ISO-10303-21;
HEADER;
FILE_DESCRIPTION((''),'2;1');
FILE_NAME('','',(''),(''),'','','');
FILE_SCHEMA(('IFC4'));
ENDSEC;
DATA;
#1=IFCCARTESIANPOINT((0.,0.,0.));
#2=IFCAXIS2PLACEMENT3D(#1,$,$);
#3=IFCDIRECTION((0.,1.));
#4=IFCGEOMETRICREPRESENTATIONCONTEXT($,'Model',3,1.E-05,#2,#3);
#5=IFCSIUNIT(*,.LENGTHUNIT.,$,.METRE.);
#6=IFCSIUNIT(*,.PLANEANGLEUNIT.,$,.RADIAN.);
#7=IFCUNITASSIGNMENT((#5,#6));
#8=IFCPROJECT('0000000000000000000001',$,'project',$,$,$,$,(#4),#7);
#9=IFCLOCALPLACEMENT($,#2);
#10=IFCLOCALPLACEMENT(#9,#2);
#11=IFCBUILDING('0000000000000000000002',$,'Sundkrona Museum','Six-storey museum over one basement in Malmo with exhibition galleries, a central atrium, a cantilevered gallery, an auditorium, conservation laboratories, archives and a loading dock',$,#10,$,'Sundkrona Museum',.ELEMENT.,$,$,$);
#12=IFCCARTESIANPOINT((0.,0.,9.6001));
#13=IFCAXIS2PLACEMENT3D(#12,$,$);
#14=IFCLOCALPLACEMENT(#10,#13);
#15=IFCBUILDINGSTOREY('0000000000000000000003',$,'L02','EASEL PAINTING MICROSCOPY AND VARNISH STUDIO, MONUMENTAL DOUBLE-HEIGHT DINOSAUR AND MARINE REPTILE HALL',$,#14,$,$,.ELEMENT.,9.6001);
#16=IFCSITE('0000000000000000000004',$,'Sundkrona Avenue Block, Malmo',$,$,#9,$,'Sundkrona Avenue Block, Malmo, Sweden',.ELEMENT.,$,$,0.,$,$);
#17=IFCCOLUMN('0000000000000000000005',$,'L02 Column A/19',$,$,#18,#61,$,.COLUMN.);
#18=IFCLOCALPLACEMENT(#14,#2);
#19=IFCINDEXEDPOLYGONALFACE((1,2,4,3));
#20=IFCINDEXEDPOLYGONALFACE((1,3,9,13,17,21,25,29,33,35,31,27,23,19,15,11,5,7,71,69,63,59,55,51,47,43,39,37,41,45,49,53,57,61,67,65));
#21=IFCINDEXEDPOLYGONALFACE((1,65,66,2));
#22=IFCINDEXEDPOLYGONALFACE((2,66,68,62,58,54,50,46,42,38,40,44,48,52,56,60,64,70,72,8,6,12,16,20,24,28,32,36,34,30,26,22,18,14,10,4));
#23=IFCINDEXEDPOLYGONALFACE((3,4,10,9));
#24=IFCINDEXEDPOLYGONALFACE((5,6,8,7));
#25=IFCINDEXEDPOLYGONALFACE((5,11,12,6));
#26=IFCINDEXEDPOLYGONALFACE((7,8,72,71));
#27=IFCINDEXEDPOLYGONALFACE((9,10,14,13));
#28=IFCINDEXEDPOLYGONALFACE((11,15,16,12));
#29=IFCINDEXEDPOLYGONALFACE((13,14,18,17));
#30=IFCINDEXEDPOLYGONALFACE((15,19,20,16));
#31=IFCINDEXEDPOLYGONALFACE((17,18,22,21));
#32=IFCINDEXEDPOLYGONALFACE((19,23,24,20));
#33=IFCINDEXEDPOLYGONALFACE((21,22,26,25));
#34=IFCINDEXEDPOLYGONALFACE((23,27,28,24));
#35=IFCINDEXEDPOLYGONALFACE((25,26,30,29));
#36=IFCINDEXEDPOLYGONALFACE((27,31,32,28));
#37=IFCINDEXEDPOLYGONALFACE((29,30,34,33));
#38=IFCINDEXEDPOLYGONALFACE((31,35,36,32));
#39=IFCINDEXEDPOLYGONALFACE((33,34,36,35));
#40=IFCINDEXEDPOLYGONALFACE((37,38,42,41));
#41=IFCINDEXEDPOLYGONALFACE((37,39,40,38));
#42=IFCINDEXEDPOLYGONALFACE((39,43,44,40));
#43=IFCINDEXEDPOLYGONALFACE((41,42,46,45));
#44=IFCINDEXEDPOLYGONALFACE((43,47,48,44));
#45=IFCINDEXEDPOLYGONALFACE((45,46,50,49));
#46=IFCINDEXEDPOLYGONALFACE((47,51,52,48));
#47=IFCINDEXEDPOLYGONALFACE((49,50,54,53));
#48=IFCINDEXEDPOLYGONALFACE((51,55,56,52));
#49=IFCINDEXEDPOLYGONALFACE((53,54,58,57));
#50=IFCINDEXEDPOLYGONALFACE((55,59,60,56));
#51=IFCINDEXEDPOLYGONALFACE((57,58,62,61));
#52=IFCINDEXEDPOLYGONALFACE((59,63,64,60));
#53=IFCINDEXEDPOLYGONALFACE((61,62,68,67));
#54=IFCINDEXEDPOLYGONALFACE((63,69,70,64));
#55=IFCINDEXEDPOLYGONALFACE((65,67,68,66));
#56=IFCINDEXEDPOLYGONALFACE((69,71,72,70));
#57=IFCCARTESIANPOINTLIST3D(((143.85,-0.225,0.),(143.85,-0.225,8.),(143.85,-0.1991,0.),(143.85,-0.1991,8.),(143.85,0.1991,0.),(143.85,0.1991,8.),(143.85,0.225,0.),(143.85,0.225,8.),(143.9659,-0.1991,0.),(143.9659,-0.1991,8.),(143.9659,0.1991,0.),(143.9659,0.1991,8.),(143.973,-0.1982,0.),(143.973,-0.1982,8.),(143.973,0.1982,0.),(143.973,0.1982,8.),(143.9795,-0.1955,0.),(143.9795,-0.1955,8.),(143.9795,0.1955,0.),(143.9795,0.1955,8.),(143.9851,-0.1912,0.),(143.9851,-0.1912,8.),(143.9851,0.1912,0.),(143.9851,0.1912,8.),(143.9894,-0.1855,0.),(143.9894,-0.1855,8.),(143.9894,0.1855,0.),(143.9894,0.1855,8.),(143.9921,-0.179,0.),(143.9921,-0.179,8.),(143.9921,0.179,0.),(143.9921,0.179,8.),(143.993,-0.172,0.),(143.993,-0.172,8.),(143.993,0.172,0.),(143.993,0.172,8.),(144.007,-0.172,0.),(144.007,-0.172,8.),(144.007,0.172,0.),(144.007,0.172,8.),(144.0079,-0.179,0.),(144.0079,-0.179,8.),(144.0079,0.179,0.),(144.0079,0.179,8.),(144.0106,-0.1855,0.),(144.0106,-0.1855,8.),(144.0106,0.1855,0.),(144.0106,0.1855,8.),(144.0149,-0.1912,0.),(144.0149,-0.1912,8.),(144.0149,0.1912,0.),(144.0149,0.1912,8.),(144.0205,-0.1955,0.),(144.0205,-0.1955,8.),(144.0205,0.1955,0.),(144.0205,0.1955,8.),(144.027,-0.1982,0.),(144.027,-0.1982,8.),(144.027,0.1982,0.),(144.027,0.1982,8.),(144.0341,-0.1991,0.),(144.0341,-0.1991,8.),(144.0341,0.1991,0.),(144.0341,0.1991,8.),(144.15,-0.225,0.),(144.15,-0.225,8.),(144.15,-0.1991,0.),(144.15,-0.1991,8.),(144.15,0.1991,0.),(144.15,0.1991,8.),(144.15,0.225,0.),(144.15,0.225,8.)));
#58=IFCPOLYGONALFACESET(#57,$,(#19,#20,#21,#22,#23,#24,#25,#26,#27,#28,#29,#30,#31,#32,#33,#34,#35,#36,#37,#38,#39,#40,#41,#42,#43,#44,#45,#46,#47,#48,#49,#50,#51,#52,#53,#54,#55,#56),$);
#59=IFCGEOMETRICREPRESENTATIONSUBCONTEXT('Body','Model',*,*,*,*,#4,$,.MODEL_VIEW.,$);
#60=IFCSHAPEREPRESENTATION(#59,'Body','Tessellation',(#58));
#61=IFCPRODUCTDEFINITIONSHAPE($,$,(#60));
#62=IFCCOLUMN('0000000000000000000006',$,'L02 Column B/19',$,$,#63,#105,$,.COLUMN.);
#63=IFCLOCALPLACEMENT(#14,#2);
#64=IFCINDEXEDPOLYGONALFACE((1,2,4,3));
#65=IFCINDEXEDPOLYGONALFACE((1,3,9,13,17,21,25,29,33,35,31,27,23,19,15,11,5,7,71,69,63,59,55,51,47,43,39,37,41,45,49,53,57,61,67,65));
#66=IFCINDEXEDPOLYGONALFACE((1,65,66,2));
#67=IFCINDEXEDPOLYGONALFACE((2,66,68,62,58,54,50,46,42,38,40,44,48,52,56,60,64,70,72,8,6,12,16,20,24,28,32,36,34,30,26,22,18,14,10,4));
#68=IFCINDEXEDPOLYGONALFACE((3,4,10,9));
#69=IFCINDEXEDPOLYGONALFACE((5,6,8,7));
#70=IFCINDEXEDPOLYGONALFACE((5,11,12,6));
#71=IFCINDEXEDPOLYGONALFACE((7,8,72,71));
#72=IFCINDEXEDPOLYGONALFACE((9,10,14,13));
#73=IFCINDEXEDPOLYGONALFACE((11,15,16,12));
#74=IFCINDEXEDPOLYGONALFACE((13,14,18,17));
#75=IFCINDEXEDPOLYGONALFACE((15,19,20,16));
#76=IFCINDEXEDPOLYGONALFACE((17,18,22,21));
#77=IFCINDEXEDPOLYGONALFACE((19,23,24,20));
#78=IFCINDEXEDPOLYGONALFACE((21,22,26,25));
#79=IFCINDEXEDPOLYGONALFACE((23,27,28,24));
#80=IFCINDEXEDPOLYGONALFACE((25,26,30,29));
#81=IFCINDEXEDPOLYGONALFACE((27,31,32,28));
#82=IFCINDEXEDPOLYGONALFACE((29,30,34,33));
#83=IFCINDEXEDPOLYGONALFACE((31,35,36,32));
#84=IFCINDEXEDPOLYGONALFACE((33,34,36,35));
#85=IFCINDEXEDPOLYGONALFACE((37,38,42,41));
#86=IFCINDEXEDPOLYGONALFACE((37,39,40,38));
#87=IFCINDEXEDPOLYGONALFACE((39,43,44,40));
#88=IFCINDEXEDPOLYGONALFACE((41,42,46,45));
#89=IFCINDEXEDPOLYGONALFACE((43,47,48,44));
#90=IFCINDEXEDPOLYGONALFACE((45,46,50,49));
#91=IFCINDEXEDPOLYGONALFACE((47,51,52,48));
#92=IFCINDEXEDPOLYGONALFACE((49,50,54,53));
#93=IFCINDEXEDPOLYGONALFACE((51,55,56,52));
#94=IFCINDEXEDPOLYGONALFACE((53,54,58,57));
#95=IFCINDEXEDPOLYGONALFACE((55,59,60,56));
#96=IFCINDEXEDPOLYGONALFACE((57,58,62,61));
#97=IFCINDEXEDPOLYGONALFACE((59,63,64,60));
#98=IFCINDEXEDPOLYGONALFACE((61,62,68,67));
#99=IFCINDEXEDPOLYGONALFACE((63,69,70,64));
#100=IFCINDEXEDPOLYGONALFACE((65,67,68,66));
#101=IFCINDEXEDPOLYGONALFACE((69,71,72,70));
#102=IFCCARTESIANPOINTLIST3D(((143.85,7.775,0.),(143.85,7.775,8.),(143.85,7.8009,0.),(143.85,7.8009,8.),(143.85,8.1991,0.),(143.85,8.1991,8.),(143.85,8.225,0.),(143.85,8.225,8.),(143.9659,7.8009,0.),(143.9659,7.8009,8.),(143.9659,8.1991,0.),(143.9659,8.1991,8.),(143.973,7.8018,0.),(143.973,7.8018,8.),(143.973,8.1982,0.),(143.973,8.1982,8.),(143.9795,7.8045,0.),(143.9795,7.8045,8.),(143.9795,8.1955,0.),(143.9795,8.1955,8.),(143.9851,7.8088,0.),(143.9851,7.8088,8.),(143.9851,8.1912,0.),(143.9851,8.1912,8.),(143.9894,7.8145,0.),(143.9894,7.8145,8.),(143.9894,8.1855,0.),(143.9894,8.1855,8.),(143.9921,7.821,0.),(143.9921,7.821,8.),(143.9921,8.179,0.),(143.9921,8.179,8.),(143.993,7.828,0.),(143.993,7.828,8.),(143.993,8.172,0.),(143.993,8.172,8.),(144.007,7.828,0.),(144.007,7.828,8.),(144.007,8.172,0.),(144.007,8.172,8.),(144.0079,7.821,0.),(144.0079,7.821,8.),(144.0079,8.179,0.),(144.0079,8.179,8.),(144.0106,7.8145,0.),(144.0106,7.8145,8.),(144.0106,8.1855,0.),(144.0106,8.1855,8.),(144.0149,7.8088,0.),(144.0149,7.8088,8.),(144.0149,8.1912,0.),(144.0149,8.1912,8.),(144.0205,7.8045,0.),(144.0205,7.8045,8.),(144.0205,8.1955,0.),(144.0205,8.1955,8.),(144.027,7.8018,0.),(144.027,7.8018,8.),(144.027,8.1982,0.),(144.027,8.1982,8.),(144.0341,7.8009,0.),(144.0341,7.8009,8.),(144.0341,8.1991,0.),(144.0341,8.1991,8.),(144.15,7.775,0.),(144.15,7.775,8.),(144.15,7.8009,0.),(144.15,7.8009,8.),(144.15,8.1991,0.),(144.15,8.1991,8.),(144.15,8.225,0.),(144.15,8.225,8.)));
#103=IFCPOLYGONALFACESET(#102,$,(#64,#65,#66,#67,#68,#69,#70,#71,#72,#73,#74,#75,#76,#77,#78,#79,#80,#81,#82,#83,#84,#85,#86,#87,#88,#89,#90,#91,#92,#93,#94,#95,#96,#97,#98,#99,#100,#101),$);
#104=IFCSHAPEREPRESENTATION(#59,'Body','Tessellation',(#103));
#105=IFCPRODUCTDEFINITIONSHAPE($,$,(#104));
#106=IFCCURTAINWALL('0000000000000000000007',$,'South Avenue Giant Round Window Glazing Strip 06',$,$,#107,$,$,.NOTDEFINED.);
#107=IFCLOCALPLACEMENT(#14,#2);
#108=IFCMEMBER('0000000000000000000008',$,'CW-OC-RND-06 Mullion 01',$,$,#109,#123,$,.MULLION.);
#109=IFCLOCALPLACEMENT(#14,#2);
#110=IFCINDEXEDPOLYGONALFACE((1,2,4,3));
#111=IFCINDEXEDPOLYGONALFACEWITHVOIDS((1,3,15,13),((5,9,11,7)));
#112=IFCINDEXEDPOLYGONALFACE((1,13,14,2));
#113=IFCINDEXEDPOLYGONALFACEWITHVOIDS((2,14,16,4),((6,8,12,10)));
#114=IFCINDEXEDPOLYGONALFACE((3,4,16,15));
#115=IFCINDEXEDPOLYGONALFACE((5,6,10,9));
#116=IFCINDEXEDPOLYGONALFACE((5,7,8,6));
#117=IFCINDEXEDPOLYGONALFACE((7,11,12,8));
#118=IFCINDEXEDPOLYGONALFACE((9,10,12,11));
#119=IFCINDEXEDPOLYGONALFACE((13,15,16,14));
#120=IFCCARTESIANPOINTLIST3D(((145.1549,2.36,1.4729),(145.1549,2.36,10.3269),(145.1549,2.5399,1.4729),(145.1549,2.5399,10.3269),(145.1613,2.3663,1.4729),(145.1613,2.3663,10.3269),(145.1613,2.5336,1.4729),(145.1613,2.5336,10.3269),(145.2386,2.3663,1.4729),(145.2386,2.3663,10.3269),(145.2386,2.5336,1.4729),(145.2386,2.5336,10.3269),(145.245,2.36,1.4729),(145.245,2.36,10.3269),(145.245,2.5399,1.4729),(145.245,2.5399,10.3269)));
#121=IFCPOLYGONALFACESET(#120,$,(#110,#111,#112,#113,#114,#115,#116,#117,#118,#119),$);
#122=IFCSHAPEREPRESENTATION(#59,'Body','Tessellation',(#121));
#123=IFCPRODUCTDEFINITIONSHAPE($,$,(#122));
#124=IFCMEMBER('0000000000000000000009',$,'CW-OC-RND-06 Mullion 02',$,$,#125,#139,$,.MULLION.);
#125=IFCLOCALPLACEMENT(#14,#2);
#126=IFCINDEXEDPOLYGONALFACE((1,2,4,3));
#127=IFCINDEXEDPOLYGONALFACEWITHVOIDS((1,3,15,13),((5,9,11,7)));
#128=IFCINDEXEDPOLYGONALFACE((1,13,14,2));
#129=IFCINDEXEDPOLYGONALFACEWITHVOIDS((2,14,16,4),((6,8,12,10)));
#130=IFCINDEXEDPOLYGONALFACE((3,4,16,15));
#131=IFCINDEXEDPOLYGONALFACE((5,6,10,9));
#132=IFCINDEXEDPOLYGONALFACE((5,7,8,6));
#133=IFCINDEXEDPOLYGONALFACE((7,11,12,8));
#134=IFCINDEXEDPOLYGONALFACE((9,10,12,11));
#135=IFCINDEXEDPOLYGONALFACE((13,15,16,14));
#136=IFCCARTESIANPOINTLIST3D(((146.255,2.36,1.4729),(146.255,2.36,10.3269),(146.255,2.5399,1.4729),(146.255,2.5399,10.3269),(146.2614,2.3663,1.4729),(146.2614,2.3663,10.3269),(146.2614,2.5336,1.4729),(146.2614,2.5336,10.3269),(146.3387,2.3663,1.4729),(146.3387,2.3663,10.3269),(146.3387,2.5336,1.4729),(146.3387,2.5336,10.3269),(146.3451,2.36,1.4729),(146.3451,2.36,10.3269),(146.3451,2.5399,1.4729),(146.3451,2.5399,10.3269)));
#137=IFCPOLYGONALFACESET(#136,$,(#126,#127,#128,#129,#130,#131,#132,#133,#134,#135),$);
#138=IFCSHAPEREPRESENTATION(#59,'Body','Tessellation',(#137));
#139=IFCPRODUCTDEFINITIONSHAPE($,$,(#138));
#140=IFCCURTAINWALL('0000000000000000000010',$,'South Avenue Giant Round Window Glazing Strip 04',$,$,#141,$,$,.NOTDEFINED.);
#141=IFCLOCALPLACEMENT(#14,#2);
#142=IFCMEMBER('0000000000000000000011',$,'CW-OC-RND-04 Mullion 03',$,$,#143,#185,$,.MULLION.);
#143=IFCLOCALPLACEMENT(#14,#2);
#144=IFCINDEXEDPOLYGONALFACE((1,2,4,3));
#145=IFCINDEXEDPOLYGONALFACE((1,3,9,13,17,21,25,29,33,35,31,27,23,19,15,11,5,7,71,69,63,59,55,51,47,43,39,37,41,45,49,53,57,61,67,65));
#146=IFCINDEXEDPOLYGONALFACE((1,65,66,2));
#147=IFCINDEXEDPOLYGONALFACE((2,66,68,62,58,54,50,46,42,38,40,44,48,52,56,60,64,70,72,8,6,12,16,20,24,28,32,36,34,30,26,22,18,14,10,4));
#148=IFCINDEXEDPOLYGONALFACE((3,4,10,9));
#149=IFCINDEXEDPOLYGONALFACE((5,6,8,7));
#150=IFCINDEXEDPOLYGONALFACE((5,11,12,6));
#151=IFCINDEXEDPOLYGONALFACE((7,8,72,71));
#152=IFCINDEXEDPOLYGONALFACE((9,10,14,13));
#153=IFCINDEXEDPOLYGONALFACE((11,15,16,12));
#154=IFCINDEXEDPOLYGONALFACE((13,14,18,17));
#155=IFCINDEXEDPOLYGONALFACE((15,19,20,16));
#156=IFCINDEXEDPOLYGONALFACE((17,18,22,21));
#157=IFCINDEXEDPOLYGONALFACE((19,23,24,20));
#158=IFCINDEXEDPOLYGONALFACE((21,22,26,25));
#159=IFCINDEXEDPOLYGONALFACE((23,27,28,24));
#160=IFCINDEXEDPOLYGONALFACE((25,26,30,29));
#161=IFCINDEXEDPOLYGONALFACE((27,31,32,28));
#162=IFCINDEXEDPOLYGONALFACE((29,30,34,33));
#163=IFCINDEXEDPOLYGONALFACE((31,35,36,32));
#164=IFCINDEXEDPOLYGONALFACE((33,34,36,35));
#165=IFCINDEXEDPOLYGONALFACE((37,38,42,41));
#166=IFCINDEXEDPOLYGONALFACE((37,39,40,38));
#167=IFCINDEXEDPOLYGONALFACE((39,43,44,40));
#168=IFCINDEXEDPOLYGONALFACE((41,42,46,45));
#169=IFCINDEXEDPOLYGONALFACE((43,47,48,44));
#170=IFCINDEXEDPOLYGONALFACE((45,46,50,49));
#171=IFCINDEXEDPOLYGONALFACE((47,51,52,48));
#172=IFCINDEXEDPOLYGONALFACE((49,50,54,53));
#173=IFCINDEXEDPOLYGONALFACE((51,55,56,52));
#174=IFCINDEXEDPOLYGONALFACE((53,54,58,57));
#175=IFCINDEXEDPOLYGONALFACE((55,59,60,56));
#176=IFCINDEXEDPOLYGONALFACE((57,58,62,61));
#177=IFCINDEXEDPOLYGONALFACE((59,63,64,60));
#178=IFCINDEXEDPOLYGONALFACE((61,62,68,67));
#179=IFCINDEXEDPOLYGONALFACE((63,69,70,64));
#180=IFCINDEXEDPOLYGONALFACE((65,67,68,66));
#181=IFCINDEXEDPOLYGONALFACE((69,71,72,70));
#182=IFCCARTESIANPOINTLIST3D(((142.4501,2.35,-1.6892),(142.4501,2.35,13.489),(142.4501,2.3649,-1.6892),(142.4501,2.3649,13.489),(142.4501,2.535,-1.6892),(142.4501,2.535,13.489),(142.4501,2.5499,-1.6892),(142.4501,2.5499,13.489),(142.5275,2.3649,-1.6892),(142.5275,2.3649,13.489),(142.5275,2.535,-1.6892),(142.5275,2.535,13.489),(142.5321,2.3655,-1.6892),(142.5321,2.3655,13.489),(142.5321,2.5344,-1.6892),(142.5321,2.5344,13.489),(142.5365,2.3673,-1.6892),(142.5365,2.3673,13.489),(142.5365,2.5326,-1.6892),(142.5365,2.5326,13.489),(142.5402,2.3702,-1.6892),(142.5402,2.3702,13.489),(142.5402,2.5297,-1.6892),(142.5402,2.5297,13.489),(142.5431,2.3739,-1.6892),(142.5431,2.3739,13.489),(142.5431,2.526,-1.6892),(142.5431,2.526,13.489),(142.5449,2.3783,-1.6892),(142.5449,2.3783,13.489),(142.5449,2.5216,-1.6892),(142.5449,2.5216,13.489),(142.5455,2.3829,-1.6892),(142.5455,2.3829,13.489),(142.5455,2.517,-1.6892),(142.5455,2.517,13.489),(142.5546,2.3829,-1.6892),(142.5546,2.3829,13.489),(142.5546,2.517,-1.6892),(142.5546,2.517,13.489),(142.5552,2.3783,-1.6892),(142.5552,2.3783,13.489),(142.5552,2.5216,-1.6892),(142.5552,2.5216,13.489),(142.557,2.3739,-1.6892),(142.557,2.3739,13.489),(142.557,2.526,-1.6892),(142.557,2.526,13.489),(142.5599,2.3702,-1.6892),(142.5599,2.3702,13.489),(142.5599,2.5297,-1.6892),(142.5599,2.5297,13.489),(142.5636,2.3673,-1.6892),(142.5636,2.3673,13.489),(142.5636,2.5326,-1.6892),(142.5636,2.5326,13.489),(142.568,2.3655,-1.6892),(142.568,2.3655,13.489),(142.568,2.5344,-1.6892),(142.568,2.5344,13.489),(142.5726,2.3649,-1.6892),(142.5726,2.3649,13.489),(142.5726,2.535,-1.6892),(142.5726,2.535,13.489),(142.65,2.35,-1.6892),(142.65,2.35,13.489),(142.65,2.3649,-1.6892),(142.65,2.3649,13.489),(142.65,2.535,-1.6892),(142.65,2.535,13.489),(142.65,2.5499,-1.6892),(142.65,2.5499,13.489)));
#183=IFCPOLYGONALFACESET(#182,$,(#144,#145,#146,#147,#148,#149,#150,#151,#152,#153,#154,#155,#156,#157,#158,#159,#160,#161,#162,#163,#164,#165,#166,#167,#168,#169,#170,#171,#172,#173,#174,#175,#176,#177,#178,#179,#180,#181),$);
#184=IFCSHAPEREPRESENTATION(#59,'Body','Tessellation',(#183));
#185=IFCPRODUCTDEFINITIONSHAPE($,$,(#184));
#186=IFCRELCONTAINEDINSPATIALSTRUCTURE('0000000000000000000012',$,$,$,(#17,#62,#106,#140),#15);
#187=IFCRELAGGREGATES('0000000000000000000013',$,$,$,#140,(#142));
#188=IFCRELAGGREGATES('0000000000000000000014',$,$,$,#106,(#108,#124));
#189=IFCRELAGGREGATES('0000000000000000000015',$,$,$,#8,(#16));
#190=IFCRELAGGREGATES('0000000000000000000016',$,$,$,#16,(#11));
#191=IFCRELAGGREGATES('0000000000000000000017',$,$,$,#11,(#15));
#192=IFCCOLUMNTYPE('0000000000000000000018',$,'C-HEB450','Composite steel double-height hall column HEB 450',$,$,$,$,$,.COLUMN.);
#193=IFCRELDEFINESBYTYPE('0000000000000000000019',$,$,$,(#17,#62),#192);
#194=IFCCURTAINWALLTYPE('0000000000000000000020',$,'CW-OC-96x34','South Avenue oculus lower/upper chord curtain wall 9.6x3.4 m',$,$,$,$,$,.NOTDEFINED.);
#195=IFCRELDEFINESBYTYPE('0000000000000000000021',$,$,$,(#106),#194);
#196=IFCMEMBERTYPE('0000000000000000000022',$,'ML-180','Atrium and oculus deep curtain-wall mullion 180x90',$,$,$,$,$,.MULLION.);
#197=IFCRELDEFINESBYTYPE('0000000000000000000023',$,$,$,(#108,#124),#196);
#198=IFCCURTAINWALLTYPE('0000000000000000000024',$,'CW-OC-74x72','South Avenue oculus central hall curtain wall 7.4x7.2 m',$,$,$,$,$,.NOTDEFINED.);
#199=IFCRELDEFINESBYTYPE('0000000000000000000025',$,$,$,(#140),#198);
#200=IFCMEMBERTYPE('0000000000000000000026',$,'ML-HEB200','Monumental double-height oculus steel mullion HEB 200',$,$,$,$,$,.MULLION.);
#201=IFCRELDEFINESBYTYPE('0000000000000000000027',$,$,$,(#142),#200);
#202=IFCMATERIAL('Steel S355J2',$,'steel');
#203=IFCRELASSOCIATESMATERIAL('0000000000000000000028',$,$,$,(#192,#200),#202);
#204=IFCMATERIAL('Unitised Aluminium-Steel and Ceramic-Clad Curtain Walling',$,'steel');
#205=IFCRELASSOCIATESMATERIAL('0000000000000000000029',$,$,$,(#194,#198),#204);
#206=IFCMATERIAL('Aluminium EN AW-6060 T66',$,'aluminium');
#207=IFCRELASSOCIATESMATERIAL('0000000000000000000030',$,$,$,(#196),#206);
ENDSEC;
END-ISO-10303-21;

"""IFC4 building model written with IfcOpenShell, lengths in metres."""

from ifc_helpers import new_model, si_unit, direction, frame, origin, origin_2d, place, context, subcontext, project, spatial, hollow_rectangle, i_section, extrude, material, material_profile, profile_set, type_object, element, aggregate, save


model = new_model("IFC4")

# Units and contexts
model_context = context("Model", 3, precision=1e-05, world=origin(), true_north=direction((0.0, 1.0)))
body_context = subcontext(model_context, "Body", "Model", "MODEL_VIEW")
ifc_project = project(units=[si_unit("LENGTHUNIT", "METRE"), si_unit("PLANEANGLEUNIT", "RADIAN")], contexts=[model_context])

# Site, building, storey
site_placement = place(None, origin())
site = spatial("IfcSite", under=ifc_project, at=site_placement, Name="Sundkrona Avenue Block, Malmo", LongName="Sundkrona Avenue Block, Malmo, Sweden", CompositionType="ELEMENT", RefElevation=0.0)
building_placement = place(site_placement, origin())
building = spatial("IfcBuilding", under=site, at=building_placement, Name="Sundkrona Museum", Description="Six-storey museum over one basement in Malmo with exhibition galleries, a central atrium, a cantilevered gallery, an auditorium, conservation laboratories, archives and a loading dock", LongName="Sundkrona Museum", CompositionType="ELEMENT")
storey_placement = place(building_placement, frame((0.0, 0.0, 9.6001)))
storey = spatial("IfcBuildingStorey", under=building, at=storey_placement, Name="L02", Description="EASEL PAINTING MICROSCOPY AND VARNISH STUDIO, MONUMENTAL DOUBLE-HEIGHT DINOSAUR AND MARINE REPTILE HALL", CompositionType="ELEMENT", Elevation=9.6001)

# Columns
ifc_material_1 = material(Name="Steel S355J2", Category="steel")
ifc_material_profile_1 = material_profile(ifc_material_1, i_section(OverallWidth=0.3, OverallDepth=0.45, WebThickness=0.0139, FlangeThickness=0.0259, FilletRadius=0.0271, at=origin_2d()), Name="HEB 450")
ifc_profile_set_1 = profile_set([ifc_material_profile_1], Name="Steel S355J2")
column_type = type_object("IfcColumnType", Name="C-HEB450", Description="Composite steel double-height hall column HEB 450", PredefinedType="COLUMN", material=ifc_profile_set_1)
for number, where, z_axis, x_axis, name in (
    (1, (144.0, 0.0, 0.0), (0.0, 0.0, 1.0), (1.0, 0.0, 0.0), "L02 Column A/19"),
    (2, (144.0, 8.0, 0.0), (0.0, 0.0, 1.0), (1.0, 0.0, 0.0), "L02 Column B/19"),
):
    element("IfcColumn", number, at=place(storey_placement, frame(where, z_axis=z_axis, x_axis=x_axis)), inside=storey, type_object=column_type, Name=name, PredefinedType="COLUMN", context=body_context, shape_type="SweptSolid", body=[
        extrude(i_section(OverallWidth=0.3, OverallDepth=0.45, WebThickness=0.0139, FlangeThickness=0.0259, FilletRadius=0.0271, at=origin_2d()), origin(), (0.0, 0.0, 1.0), 8.0),
    ])

# Curtain wall, members
ifc_material_2 = material(Name="Unitised Aluminium-Steel and Ceramic-Clad Curtain Walling", Category="steel")
curtain_wall_type_1 = type_object("IfcCurtainWallType", Name="CW-OC-96x34", Description="South Avenue oculus lower/upper chord curtain wall 9.6x3.4 m", PredefinedType="NOTDEFINED", material=ifc_material_2)
curtain_wall_1_placement = place(storey_placement, origin())
curtain_wall_1 = element("IfcCurtainWall", 3, at=curtain_wall_1_placement, inside=storey, type_object=curtain_wall_type_1, Name="South Avenue Giant Round Window Glazing Strip 06", PredefinedType="NOTDEFINED")
ifc_material_3 = material(Name="Aluminium EN AW-6060 T66", Category="aluminium")
ifc_material_profile_2 = material_profile(ifc_material_3, hollow_rectangle(XDim=0.0901, YDim=0.1799, WallThickness=0.0063, at=origin_2d()), Name="RHS 180x90x6.3")
ifc_profile_set_2 = profile_set([ifc_material_profile_2], Name="Aluminium EN AW-6060 T66")
member_type_1 = type_object("IfcMemberType", Name="ML-180", Description="Atrium and oculus deep curtain-wall mullion 180x90", PredefinedType="MULLION", material=ifc_profile_set_2)
member_1_placement = place(storey_placement, frame((145.2, 2.45, 1.4729), z_axis=(0.0, 0.0, 1.0), x_axis=(1.0, 0.0, 0.0)))
member_1 = element("IfcMember", 4, at=member_1_placement, type_object=member_type_1, Name="CW-OC-RND-06 Mullion 01", PredefinedType="MULLION", context=body_context, shape_type="SweptSolid", body=[
    extrude(hollow_rectangle(XDim=0.0901, YDim=0.1799, WallThickness=0.0063, at=origin_2d()), origin(), (0.0, 0.0, 1.0), 8.854),
])
member_2_placement = place(storey_placement, frame((146.3, 2.45, 1.4729), z_axis=(0.0, 0.0, 1.0), x_axis=(1.0, 0.0, 0.0)))
member_2 = element("IfcMember", 5, at=member_2_placement, type_object=member_type_1, Name="CW-OC-RND-06 Mullion 02", PredefinedType="MULLION", context=body_context, shape_type="SweptSolid", body=[
    extrude(hollow_rectangle(XDim=0.0901, YDim=0.1799, WallThickness=0.0063, at=origin_2d()), origin(), (0.0, 0.0, 1.0), 8.854),
])

# Curtain wall, member
curtain_wall_type_2 = type_object("IfcCurtainWallType", Name="CW-OC-74x72", Description="South Avenue oculus central hall curtain wall 7.4x7.2 m", PredefinedType="NOTDEFINED", material=ifc_material_2)
curtain_wall_2_placement = place(storey_placement, origin())
curtain_wall_2 = element("IfcCurtainWall", 6, at=curtain_wall_2_placement, inside=storey, type_object=curtain_wall_type_2, Name="South Avenue Giant Round Window Glazing Strip 04", PredefinedType="NOTDEFINED")
ifc_material_profile_3 = material_profile(ifc_material_1, i_section(OverallWidth=0.2, OverallDepth=0.2, WebThickness=0.009, FlangeThickness=0.0149, FilletRadius=0.0181, at=origin_2d()), Name="HEB 200")
ifc_profile_set_3 = profile_set([ifc_material_profile_3], Name="Steel S355J2")
member_type_2 = type_object("IfcMemberType", Name="ML-HEB200", Description="Monumental double-height oculus steel mullion HEB 200", PredefinedType="MULLION", material=ifc_profile_set_3)
member_3_placement = place(storey_placement, frame((142.55, 2.45, -1.6892), z_axis=(0.0, 0.0, 1.0), x_axis=(1.0, 0.0, 0.0)))
member_3 = element("IfcMember", 7, at=member_3_placement, type_object=member_type_2, Name="CW-OC-RND-04 Mullion 03", PredefinedType="MULLION", context=body_context, shape_type="SweptSolid", body=[
    extrude(i_section(OverallWidth=0.2, OverallDepth=0.2, WebThickness=0.009, FlangeThickness=0.0149, FilletRadius=0.0181, at=origin_2d()), origin(), (0.0, 0.0, 1.0), 15.1782),
])

aggregate(curtain_wall_2, [member_3])
aggregate(curtain_wall_1, [member_1, member_2])

save(model, "model.ifc")
